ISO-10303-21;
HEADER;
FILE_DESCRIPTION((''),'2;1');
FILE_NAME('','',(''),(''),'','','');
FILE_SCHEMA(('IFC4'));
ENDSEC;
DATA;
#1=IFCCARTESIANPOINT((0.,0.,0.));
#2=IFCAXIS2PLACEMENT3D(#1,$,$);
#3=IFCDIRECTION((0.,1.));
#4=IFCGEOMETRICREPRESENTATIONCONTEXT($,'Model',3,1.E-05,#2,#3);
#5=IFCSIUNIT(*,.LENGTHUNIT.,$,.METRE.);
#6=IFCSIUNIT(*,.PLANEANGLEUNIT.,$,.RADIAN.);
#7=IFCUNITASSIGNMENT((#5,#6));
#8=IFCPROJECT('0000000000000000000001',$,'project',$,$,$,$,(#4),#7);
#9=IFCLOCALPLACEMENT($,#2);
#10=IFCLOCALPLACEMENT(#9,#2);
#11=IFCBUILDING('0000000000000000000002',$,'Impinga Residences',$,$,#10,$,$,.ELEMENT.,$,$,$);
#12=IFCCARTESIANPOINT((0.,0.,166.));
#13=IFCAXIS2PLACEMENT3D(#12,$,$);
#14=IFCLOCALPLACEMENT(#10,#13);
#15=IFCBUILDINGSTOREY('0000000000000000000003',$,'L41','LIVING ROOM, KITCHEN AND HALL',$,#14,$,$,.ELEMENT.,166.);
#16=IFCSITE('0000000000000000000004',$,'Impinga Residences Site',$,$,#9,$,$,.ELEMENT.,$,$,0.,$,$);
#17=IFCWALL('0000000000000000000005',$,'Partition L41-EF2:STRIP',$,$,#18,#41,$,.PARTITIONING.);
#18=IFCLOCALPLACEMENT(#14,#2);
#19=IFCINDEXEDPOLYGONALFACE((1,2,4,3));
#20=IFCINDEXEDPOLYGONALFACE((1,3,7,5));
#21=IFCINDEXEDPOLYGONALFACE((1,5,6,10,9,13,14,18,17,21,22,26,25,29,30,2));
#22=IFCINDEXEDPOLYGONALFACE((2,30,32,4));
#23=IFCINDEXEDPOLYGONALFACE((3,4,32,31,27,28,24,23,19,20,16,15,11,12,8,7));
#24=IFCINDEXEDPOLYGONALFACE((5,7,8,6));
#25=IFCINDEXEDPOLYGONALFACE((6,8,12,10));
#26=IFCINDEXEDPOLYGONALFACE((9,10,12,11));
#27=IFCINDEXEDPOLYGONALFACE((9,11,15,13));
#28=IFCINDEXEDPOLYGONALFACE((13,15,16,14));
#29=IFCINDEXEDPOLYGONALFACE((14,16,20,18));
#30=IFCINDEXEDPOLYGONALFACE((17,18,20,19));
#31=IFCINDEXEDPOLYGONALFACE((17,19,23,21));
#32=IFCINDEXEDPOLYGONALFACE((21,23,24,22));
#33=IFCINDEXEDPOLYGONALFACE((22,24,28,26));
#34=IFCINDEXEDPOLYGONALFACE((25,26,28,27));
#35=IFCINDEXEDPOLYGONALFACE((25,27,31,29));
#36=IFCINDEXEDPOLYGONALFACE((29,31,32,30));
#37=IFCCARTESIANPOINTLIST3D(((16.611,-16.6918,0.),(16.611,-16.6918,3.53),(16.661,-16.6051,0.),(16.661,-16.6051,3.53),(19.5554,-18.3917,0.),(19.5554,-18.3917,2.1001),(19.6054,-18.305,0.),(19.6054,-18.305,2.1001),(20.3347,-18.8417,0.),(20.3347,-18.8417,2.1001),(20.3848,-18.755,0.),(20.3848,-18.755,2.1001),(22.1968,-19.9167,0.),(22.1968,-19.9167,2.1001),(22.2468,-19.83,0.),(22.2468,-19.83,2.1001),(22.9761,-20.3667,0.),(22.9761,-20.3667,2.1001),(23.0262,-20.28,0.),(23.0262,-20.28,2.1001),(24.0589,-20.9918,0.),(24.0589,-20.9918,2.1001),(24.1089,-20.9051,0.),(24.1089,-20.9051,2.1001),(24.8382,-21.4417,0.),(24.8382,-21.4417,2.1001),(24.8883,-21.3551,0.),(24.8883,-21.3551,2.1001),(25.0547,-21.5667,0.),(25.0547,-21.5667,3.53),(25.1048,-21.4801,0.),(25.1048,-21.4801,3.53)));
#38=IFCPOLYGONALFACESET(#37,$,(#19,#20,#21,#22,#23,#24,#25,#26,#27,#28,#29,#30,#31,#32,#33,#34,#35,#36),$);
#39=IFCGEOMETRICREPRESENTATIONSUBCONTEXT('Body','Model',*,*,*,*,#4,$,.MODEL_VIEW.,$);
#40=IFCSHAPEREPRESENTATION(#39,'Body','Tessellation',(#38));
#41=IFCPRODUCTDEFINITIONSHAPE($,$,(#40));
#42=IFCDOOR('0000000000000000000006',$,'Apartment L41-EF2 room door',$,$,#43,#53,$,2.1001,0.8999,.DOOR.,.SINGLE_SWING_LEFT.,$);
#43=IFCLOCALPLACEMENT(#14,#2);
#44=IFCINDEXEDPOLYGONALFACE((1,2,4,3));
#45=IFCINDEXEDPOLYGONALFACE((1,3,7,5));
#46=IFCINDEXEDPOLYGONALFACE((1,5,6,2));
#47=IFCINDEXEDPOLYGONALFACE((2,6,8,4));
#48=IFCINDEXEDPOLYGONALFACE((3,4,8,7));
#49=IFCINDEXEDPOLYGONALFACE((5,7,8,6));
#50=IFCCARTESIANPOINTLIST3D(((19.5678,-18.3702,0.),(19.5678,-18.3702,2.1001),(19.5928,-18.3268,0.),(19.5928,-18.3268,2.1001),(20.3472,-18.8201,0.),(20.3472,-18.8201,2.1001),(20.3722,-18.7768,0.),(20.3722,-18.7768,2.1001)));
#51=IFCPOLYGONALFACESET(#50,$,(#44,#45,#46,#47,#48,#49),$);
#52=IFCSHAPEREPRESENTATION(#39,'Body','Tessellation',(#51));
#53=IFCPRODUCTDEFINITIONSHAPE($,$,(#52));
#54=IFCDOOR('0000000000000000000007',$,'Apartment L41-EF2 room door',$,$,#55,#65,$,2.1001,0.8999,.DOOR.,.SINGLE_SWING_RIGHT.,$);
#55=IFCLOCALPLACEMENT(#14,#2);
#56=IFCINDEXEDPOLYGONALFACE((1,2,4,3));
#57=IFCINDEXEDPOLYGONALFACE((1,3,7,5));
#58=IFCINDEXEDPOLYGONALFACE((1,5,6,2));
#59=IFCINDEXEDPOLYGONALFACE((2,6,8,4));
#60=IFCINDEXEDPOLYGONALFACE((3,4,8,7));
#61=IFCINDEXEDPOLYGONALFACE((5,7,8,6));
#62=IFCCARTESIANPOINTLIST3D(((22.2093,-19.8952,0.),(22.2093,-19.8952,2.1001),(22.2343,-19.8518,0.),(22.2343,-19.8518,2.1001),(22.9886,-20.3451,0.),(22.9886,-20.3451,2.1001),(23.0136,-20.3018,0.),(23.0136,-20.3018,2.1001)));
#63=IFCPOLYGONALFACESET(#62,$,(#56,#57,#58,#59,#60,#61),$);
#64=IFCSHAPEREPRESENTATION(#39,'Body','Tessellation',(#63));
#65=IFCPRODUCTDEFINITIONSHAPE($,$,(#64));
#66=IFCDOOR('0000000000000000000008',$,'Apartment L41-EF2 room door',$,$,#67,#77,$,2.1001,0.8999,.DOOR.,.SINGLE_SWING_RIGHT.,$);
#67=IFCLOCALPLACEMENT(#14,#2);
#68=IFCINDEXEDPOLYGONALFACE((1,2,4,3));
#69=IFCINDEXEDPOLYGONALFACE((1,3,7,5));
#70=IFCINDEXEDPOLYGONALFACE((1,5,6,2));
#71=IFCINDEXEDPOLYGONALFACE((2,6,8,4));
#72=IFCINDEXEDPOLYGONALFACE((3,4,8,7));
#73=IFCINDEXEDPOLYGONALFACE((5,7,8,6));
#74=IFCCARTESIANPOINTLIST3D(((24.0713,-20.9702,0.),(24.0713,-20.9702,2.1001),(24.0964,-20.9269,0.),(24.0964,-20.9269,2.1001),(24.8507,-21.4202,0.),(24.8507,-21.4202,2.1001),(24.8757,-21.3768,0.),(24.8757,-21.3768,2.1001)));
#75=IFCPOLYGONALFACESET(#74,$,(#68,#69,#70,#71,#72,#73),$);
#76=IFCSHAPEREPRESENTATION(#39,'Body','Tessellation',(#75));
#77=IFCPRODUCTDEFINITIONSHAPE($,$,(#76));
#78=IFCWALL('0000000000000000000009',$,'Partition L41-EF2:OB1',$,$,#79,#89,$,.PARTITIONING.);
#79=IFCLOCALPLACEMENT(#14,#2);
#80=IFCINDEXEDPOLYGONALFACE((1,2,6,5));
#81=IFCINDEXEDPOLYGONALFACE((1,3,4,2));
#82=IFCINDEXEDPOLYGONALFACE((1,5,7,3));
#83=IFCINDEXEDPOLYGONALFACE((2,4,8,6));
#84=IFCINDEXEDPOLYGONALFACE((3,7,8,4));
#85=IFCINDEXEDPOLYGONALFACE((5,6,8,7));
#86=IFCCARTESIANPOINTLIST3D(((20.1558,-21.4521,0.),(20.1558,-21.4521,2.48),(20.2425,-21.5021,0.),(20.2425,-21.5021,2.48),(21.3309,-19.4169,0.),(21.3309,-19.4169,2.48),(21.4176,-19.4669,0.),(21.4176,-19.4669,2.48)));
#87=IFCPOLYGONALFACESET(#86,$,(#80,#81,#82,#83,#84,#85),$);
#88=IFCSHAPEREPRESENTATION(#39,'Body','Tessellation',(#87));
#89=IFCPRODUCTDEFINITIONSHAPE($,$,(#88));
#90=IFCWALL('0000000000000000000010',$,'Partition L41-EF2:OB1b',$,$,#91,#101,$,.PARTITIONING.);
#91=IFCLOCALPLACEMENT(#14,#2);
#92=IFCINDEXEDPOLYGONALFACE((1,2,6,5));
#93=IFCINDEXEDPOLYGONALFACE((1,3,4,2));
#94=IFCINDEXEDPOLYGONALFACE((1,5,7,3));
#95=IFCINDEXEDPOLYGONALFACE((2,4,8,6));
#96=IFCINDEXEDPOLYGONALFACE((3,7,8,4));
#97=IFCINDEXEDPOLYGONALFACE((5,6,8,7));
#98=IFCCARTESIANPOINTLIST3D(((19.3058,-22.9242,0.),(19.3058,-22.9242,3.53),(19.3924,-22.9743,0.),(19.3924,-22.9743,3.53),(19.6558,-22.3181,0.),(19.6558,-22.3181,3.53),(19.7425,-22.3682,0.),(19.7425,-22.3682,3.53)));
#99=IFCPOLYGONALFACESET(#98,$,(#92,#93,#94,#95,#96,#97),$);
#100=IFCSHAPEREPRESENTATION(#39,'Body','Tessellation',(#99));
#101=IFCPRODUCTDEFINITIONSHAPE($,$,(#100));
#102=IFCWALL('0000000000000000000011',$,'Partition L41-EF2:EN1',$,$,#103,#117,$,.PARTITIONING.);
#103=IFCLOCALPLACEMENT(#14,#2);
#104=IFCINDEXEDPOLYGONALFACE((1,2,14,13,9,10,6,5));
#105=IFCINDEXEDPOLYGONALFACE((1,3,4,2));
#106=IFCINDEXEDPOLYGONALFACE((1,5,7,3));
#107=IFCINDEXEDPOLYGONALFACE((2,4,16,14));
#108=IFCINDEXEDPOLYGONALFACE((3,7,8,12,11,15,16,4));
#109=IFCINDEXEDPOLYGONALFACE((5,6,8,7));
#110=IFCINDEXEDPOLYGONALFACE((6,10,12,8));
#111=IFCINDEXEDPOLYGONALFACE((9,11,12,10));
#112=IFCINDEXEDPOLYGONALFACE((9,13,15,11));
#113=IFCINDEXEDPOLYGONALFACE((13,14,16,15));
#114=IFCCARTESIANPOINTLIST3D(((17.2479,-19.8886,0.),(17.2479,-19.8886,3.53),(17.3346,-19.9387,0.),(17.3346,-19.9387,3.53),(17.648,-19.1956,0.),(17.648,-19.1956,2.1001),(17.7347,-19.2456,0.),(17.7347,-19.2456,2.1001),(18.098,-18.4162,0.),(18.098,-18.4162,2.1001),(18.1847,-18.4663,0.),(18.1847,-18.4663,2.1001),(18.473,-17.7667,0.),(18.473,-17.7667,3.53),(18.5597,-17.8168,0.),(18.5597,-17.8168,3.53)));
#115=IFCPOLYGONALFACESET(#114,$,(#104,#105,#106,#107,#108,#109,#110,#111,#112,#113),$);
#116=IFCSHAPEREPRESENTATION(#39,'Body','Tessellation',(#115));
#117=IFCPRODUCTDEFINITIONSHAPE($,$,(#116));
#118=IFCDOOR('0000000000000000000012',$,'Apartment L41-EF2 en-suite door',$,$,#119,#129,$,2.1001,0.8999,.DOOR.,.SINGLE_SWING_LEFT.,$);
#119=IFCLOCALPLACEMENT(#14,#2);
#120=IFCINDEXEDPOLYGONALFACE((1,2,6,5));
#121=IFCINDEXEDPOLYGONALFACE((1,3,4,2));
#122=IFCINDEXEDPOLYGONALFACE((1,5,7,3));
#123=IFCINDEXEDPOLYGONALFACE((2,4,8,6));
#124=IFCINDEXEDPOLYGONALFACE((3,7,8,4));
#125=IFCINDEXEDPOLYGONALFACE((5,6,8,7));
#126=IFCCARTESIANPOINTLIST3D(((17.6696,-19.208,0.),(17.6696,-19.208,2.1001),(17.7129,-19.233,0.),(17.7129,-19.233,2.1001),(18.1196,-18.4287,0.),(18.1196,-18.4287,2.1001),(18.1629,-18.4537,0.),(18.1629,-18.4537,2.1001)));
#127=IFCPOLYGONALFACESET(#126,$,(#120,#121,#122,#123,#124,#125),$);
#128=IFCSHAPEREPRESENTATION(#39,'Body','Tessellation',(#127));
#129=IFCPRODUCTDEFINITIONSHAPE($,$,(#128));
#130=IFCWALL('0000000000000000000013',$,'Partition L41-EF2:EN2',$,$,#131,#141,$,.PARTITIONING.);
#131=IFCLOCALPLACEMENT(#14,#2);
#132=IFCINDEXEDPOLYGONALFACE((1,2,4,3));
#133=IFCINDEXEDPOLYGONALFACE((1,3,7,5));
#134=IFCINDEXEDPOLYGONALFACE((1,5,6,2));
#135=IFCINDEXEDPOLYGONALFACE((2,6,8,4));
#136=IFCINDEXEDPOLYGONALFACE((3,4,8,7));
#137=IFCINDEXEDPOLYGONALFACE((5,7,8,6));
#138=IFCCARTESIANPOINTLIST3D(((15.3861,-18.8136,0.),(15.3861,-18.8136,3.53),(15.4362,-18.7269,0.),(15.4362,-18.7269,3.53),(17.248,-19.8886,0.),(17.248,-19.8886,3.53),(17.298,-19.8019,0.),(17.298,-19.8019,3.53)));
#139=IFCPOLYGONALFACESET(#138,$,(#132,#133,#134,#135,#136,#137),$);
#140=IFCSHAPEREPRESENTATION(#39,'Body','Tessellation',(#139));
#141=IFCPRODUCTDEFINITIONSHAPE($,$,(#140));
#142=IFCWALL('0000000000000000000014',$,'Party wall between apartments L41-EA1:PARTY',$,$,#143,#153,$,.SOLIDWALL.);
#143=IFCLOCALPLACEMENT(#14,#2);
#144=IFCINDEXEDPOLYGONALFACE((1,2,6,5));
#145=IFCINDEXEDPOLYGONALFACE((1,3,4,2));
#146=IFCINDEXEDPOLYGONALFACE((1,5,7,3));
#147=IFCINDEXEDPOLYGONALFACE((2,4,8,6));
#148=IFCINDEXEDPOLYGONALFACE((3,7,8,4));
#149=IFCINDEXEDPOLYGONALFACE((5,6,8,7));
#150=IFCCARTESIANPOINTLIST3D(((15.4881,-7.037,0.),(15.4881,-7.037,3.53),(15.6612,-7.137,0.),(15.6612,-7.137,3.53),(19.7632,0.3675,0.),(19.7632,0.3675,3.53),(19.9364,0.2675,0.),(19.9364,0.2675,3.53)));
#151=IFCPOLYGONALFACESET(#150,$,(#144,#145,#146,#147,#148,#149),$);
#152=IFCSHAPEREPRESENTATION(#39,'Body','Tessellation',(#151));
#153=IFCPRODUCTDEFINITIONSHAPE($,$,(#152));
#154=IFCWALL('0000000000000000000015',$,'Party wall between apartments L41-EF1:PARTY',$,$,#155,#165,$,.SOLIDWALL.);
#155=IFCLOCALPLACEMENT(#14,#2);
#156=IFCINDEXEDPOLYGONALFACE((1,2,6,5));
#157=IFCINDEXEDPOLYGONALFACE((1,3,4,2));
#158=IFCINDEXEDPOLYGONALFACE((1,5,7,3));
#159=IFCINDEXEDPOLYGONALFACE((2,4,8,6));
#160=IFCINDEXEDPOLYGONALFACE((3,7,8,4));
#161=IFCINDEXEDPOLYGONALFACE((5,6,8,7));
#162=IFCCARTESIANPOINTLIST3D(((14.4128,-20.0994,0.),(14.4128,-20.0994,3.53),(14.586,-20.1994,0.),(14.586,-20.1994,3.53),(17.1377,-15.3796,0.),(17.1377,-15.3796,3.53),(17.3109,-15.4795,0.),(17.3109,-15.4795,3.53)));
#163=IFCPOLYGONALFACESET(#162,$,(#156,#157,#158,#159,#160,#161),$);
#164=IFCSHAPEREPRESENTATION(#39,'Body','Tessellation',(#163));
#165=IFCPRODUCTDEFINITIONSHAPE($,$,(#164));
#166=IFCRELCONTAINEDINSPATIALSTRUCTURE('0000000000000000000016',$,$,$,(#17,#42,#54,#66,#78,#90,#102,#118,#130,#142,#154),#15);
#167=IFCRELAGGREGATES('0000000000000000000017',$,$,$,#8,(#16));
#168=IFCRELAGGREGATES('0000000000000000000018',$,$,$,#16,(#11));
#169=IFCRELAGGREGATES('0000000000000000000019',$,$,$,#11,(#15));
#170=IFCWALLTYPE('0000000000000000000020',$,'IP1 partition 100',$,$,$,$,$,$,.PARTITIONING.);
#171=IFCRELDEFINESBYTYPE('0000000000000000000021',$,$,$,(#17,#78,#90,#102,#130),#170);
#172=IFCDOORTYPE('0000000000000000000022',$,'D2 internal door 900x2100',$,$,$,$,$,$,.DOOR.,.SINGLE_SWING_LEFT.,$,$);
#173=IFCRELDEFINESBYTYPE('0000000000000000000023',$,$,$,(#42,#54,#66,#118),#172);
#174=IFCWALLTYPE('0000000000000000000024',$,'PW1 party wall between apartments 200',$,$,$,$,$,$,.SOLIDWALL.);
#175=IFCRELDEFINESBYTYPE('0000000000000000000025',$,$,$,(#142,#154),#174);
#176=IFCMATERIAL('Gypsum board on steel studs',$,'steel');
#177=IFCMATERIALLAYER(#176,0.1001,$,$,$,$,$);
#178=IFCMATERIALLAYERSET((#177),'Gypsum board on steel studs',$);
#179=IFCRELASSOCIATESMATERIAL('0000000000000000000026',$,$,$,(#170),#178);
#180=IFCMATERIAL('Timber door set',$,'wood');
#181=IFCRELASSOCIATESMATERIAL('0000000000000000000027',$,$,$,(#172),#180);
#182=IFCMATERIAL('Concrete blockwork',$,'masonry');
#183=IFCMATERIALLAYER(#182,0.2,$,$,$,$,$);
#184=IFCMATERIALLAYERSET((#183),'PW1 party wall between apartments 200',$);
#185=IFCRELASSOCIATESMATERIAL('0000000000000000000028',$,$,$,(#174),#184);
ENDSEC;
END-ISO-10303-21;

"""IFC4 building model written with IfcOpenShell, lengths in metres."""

from ifc_helpers import new_model, si_unit, direction, frame, frame_2d, origin, place, context, subcontext, project, spatial, rectangle, extrude, material, layer, layer_set, type_object, element, fill, save


model = new_model("IFC4")

# Units and contexts
model_context = context("Model", 3, precision=1e-05, world=origin(), true_north=direction((0.0, 1.0)))
body_context = subcontext(model_context, "Body", "Model", "MODEL_VIEW")
ifc_project = project(units=[si_unit("LENGTHUNIT", "METRE"), si_unit("PLANEANGLEUNIT", "RADIAN")], contexts=[model_context])

# Site, building, storey
site_placement = place(None, origin())
site = spatial("IfcSite", under=ifc_project, at=site_placement, Name="Impinga Residences Site", CompositionType="ELEMENT", RefElevation=0.0)
building_placement = place(site_placement, origin())
building = spatial("IfcBuilding", under=site, at=building_placement, Name="Impinga Residences", CompositionType="ELEMENT")
storey_placement = place(building_placement, frame((0.0, 0.0, 166.0)))
storey = spatial("IfcBuildingStorey", under=building, at=storey_placement, Name="L41", Description="LIVING ROOM, KITCHEN AND HALL", CompositionType="ELEMENT", Elevation=166.0)

# Shared definitions
ifc_material_1 = material(Name="Gypsum board on steel studs", Category="steel")
ifc_layer_1 = layer(ifc_material_1, 0.1001)
ifc_layer_set_1 = layer_set([ifc_layer_1], Name="Gypsum board on steel studs")
wall_type_1 = type_object("IfcWallType", Name="IP1 partition 100", PredefinedType="PARTITIONING", material=ifc_layer_set_1)
ifc_material_2 = material(Name="Timber door set", Category="wood")
door_type = type_object("IfcDoorType", Name="D2 internal door 900x2100", OperationType="SINGLE_SWING_LEFT", PredefinedType="DOOR", material=ifc_material_2)

# Wall, openings, doors
wall_1_placement = place(storey_placement, frame((16.636, -16.6484, 0.0), z_axis=(0.0, 0.0, 1.0), x_axis=(0.866028, -0.499996, 0.0)))
wall_1 = element("IfcWall", 1, at=wall_1_placement, inside=storey, type_object=wall_type_1, Name="Partition L41-EF2:STRIP", PredefinedType="PARTITIONING", context=body_context, shape_type="SweptSolid", body=[
    extrude(rectangle(XDim=9.75, YDim=0.1001, at=frame_2d((4.875, 0.0))), origin(), (0.0, 0.0, 1.0), 3.53),
])
opening_1_placement = place(wall_1_placement, frame((3.3999, 0.0, 0.0)))
opening_1 = element("IfcOpeningElement", 2, at=opening_1_placement, cuts=wall_1, PredefinedType="OPENING", context=body_context, shape_type="SweptSolid", body=[
    extrude(rectangle(XDim=0.8999, YDim=2.1001, at=frame_2d((0.45, 1.05))), frame((0.0, 0.0601, 0.0), z_axis=(0.0, -1.0, 0.0), x_axis=(1.0, 0.0, 0.0)), (0.0, 0.0, 1.0), 0.1201),
])
opening_2_placement = place(wall_1_placement, frame((6.45, 0.0, 0.0)))
opening_2 = element("IfcOpeningElement", 3, at=opening_2_placement, cuts=wall_1, PredefinedType="OPENING", context=body_context, shape_type="SweptSolid", body=[
    extrude(rectangle(XDim=0.8999, YDim=2.1001, at=frame_2d((0.45, 1.05))), frame((0.0, 0.0601, 0.0), z_axis=(0.0, -1.0, 0.0), x_axis=(1.0, 0.0, 0.0)), (0.0, 0.0, 1.0), 0.1201),
])
opening_3_placement = place(wall_1_placement, frame((8.6001, 0.0, 0.0)))
opening_3 = element("IfcOpeningElement", 4, at=opening_3_placement, cuts=wall_1, PredefinedType="OPENING", context=body_context, shape_type="SweptSolid", body=[
    extrude(rectangle(XDim=0.8999, YDim=2.1001, at=frame_2d((0.45, 1.05))), frame((0.0, 0.0601, 0.0), z_axis=(0.0, -1.0, 0.0), x_axis=(1.0, 0.0, 0.0)), (0.0, 0.0, 1.0), 0.1201),
])
door_1_placement = place(opening_1_placement, origin())
door_1 = element("IfcDoor", 5, at=door_1_placement, inside=storey, type_object=door_type, Name="Apartment L41-EF2 room door", OperationType="SINGLE_SWING_LEFT", OverallHeight=2.1001, OverallWidth=0.8999, PredefinedType="DOOR", context=body_context, shape_type="SweptSolid", body=[
    extrude(rectangle(XDim=0.8999, YDim=2.1001, at=frame_2d((0.45, 1.05))), frame((0.0, 0.0249, 0.0), z_axis=(0.0, -1.0, 0.0), x_axis=(1.0, 0.0, 0.0)), (0.0, 0.0, 1.0), 0.05),
])
fill(opening_1, door_1)
door_2_placement = place(opening_2_placement, origin())
door_2 = element("IfcDoor", 6, at=door_2_placement, inside=storey, type_object=door_type, Name="Apartment L41-EF2 room door", OperationType="SINGLE_SWING_RIGHT", OverallHeight=2.1001, OverallWidth=0.8999, PredefinedType="DOOR", context=body_context, shape_type="SweptSolid", body=[
    extrude(rectangle(XDim=0.8999, YDim=2.1001, at=frame_2d((0.45, 1.05))), frame((0.0, 0.0249, 0.0), z_axis=(0.0, -1.0, 0.0), x_axis=(1.0, 0.0, 0.0)), (0.0, 0.0, 1.0), 0.05),
])
fill(opening_2, door_2)
door_3_placement = place(opening_3_placement, origin())
door_3 = element("IfcDoor", 7, at=door_3_placement, inside=storey, type_object=door_type, Name="Apartment L41-EF2 room door", OperationType="SINGLE_SWING_RIGHT", OverallHeight=2.1001, OverallWidth=0.8999, PredefinedType="DOOR", context=body_context, shape_type="SweptSolid", body=[
    extrude(rectangle(XDim=0.8999, YDim=2.1001, at=frame_2d((0.45, 1.05))), frame((0.0, 0.0249, 0.0), z_axis=(0.0, -1.0, 0.0), x_axis=(1.0, 0.0, 0.0)), (0.0, 0.0, 1.0), 0.05),
])
fill(opening_3, door_3)

# Walls
wall_2_placement = place(storey_placement, frame((21.3743, -19.4419, 0.0), z_axis=(0.0, 0.0, 1.0), x_axis=(-0.500016, -0.866016, 0.0)))
element("IfcWall", 8, at=wall_2_placement, inside=storey, type_object=wall_type_1, Name="Partition L41-EF2:OB1", PredefinedType="PARTITIONING", context=body_context, shape_type="SweptSolid", body=[
    extrude(rectangle(XDim=2.3501, YDim=0.1001, at=frame_2d((1.175, 0.0))), origin(), (0.0, 0.0, 1.0), 2.48),
])
wall_3_placement = place(storey_placement, frame((19.6992, -22.343, 0.0), z_axis=(0.0, 0.0, 1.0), x_axis=(-0.500115, -0.865959, 0.0)))
element("IfcWall", 9, at=wall_3_placement, inside=storey, type_object=wall_type_1, Name="Partition L41-EF2:OB1b", PredefinedType="PARTITIONING", context=body_context, shape_type="SweptSolid", body=[
    extrude(rectangle(XDim=0.7, YDim=0.1001, at=frame_2d((0.3501, 0.0))), origin(), (0.0, 0.0, 1.0), 3.53),
])

# Wall, opening, door
wall_4_placement = place(storey_placement, frame((18.5164, -17.7917, 0.0), z_axis=(0.0, 0.0, 1.0), x_axis=(-0.500019, -0.866015, 0.0)))
wall_4 = element("IfcWall", 10, at=wall_4_placement, inside=storey, type_object=wall_type_1, Name="Partition L41-EF2:EN1", PredefinedType="PARTITIONING", context=body_context, shape_type="SweptSolid", body=[
    extrude(rectangle(XDim=2.4502, YDim=0.1001, at=frame_2d((1.2251, 0.0))), origin(), (0.0, 0.0, 1.0), 3.53),
])
opening_4_placement = place(wall_4_placement, frame((0.75, 0.0, 0.0)))
opening_4 = element("IfcOpeningElement", 11, at=opening_4_placement, cuts=wall_4, PredefinedType="OPENING", context=body_context, shape_type="SweptSolid", body=[
    extrude(rectangle(XDim=0.8999, YDim=2.1001, at=frame_2d((0.45, 1.05))), frame((0.0, 0.0601, 0.0), z_axis=(0.0, -1.0, 0.0), x_axis=(1.0, 0.0, 0.0)), (0.0, 0.0, 1.0), 0.1201),
])
door_4_placement = place(opening_4_placement, origin())
door_4 = element("IfcDoor", 12, at=door_4_placement, inside=storey, type_object=door_type, Name="Apartment L41-EF2 en-suite door", OperationType="SINGLE_SWING_LEFT", OverallHeight=2.1001, OverallWidth=0.8999, PredefinedType="DOOR", context=body_context, shape_type="SweptSolid", body=[
    extrude(rectangle(XDim=0.8999, YDim=2.1001, at=frame_2d((0.45, 1.05))), frame((0.0, 0.0249, 0.0), z_axis=(0.0, -1.0, 0.0), x_axis=(1.0, 0.0, 0.0)), (0.0, 0.0, 1.0), 0.05),
])
fill(opening_4, door_4)

# Walls
wall_5_placement = place(storey_placement, frame((15.4111, -18.7703, 0.0), z_axis=(0.0, 0.0, 1.0), x_axis=(0.866019, -0.500011, 0.0)))
element("IfcWall", 13, at=wall_5_placement, inside=storey, type_object=wall_type_1, Name="Partition L41-EF2:EN2", PredefinedType="PARTITIONING", context=body_context, shape_type="SweptSolid", body=[
    extrude(rectangle(XDim=2.1499, YDim=0.1001, at=frame_2d((1.075, 0.0))), origin(), (0.0, 0.0, 1.0), 3.53),
])
ifc_material_3 = material(Name="Concrete blockwork", Category="masonry")
ifc_layer_2 = layer(ifc_material_3, 0.2)
ifc_layer_set_2 = layer_set([ifc_layer_2], Name="PW1 party wall between apartments 200")
wall_type_2 = type_object("IfcWallType", Name="PW1 party wall between apartments 200", PredefinedType="SOLIDWALL", material=ifc_layer_set_2)
wall_6_placement = place(storey_placement, frame((15.5747, -7.0869, 0.0), z_axis=(0.0, 0.0, 1.0), x_axis=(0.500012, 0.866019, 0.0)))
element("IfcWall", 14, at=wall_6_placement, inside=storey, type_object=wall_type_2, Name="Party wall between apartments L41-EA1:PARTY", PredefinedType="SOLIDWALL", context=body_context, shape_type="SweptSolid", body=[
    extrude(rectangle(XDim=8.55, YDim=0.2, at=frame_2d((4.2749, 0.0))), origin(), (0.0, 0.0, 1.0), 3.53),
])
wall_7_placement = place(storey_placement, frame((17.2244, -15.4294, 0.0), z_axis=(0.0, 0.0, 1.0), x_axis=(-0.499989, -0.866032, 0.0)))
element("IfcWall", 15, at=wall_7_placement, inside=storey, type_object=wall_type_2, Name="Party wall between apartments L41-EF1:PARTY", PredefinedType="SOLIDWALL", context=body_context, shape_type="SweptSolid", body=[
    extrude(rectangle(XDim=5.45, YDim=0.2, at=frame_2d((2.7251, 0.0))), origin(), (0.0, 0.0, 1.0), 3.53),
])

save(model, "model.ifc")
